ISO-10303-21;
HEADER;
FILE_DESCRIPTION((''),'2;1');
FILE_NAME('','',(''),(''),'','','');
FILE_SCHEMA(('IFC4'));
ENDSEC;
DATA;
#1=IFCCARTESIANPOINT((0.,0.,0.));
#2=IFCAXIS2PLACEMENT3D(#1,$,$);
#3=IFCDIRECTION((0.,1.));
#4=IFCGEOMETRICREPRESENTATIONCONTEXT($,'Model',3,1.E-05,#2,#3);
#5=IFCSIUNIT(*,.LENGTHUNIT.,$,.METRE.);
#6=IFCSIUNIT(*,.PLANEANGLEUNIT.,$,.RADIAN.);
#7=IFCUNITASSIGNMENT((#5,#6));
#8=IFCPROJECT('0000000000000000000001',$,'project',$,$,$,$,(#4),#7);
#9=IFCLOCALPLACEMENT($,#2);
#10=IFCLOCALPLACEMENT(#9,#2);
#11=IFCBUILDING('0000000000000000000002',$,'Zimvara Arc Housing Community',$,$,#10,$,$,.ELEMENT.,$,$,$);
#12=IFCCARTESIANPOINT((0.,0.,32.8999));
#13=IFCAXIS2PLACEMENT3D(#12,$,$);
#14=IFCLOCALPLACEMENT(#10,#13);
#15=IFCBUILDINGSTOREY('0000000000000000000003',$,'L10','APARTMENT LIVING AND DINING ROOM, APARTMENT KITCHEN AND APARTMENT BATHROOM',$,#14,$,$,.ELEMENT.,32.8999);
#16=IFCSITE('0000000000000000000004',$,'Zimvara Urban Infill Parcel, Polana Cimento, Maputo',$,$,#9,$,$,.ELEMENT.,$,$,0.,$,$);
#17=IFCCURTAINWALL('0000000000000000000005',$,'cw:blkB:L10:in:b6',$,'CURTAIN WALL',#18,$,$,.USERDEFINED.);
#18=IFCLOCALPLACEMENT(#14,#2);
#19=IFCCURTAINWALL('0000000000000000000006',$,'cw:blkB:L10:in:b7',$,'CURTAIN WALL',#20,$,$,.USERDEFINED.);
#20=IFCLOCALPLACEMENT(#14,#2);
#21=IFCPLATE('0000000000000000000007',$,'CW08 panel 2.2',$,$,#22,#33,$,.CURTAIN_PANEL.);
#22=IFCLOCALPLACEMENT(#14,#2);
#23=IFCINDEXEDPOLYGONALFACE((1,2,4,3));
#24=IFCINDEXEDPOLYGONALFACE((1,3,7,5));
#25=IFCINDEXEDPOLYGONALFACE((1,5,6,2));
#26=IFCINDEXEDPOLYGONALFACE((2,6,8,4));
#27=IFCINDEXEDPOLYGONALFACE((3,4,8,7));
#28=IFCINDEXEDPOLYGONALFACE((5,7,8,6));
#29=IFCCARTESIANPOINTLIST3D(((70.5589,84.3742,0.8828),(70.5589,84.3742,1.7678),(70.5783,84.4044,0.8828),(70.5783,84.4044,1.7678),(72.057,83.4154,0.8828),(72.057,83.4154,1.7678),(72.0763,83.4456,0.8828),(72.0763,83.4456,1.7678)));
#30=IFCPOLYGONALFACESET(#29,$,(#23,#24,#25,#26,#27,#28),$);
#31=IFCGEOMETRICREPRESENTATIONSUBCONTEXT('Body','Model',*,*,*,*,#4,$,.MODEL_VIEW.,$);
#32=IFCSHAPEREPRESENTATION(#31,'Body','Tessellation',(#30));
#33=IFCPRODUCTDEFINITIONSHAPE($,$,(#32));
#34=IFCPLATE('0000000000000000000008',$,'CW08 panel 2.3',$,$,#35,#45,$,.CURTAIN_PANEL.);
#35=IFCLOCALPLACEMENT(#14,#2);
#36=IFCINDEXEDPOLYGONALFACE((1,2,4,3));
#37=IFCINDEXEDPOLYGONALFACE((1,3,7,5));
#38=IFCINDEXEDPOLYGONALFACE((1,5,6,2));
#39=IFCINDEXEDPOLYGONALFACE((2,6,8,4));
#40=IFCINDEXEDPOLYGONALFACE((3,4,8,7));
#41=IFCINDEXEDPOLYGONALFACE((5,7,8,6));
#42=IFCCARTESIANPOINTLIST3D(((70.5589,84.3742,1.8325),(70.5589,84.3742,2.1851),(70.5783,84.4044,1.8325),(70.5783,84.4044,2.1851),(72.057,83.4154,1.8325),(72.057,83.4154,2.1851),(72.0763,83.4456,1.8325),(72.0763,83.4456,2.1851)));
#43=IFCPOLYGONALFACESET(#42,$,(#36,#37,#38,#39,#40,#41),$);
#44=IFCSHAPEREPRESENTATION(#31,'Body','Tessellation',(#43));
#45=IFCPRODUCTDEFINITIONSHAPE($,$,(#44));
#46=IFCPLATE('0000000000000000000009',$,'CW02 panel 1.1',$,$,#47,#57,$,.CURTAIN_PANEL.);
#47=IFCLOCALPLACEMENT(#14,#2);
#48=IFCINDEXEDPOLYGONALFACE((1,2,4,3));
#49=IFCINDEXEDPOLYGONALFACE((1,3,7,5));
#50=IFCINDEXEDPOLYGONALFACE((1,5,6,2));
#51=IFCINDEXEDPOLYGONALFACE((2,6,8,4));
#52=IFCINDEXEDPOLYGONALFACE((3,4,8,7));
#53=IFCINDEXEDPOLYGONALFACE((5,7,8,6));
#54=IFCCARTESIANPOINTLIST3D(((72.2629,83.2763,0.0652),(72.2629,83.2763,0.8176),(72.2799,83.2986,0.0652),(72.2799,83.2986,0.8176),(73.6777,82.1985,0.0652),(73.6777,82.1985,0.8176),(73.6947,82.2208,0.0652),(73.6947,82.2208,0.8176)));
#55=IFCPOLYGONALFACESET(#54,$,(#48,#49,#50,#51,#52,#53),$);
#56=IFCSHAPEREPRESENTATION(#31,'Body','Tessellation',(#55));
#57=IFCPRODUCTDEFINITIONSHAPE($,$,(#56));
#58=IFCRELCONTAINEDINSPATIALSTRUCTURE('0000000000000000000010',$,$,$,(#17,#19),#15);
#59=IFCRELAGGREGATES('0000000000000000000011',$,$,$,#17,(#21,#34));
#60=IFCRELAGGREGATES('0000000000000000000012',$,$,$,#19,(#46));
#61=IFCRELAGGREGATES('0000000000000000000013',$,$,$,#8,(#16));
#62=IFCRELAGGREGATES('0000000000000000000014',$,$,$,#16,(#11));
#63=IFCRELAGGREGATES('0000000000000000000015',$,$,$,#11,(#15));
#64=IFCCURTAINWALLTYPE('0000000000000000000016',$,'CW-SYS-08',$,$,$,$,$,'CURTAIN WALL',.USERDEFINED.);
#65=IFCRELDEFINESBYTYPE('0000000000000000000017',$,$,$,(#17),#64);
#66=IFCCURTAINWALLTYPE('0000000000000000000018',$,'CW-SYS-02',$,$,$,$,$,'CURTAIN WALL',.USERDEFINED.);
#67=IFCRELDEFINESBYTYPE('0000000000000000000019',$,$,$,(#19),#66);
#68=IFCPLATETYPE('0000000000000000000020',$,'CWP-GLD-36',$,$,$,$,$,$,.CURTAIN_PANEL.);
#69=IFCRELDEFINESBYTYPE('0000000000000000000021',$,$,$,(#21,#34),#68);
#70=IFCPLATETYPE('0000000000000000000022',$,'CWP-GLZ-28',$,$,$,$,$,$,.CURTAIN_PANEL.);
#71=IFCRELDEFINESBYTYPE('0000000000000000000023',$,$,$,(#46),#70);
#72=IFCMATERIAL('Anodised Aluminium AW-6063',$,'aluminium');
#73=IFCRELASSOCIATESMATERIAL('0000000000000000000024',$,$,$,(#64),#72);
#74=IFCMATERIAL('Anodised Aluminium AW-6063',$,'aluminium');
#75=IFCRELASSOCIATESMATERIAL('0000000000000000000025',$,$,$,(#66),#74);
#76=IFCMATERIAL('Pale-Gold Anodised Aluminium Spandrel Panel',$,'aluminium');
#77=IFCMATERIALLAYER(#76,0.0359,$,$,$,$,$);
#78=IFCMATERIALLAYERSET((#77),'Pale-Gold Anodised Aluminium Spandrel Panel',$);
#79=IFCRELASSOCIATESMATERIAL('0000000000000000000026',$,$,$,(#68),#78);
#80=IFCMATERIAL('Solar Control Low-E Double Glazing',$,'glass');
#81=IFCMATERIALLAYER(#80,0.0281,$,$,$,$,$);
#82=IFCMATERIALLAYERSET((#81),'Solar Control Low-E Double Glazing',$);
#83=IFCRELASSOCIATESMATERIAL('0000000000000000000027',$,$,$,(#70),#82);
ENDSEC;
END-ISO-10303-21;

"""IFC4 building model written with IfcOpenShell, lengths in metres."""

from ifc_helpers import new_model, si_unit, direction, frame, origin, origin_2d, place, context, subcontext, project, spatial, rectangle, extrude, material, layer, layer_set, type_object, element, aggregate, save


model = new_model("IFC4")

# Units and contexts
model_context = context("Model", 3, precision=1e-05, world=origin(), true_north=direction((0.0, 1.0)))
body_context = subcontext(model_context, "Body", "Model", "MODEL_VIEW")
ifc_project = project(units=[si_unit("LENGTHUNIT", "METRE"), si_unit("PLANEANGLEUNIT", "RADIAN")], contexts=[model_context])

# Site, building, storey
site_placement = place(None, origin())
site = spatial("IfcSite", under=ifc_project, at=site_placement, Name="Zimvara Urban Infill Parcel, Polana Cimento, Maputo", CompositionType="ELEMENT", RefElevation=0.0)
building_placement = place(site_placement, origin())
building = spatial("IfcBuilding", under=site, at=building_placement, Name="Zimvara Arc Housing Community", CompositionType="ELEMENT")
storey_placement = place(building_placement, frame((0.0, 0.0, 32.8999)))
storey = spatial("IfcBuildingStorey", under=building, at=storey_placement, Name="L10", Description="APARTMENT LIVING AND DINING ROOM, APARTMENT KITCHEN AND APARTMENT BATHROOM", CompositionType="ELEMENT", Elevation=32.8999)

# Curtain walls
ifc_material_1 = material(Name="Anodised Aluminium AW-6063", Category="aluminium")
curtain_wall_type_1 = type_object("IfcCurtainWallType", Name="CW-SYS-08", ElementType="CURTAIN WALL", PredefinedType="USERDEFINED", material=ifc_material_1)
curtain_wall_1_placement = place(storey_placement, origin())
curtain_wall_1 = element("IfcCurtainWall", 1, at=curtain_wall_1_placement, inside=storey, type_object=curtain_wall_type_1, Name="cw:blkB:L10:in:b6", ObjectType="CURTAIN WALL", PredefinedType="USERDEFINED")
ifc_material_2 = material(Name="Anodised Aluminium AW-6063", Category="aluminium")
curtain_wall_type_2 = type_object("IfcCurtainWallType", Name="CW-SYS-02", ElementType="CURTAIN WALL", PredefinedType="USERDEFINED", material=ifc_material_2)
curtain_wall_2_placement = place(storey_placement, origin())
curtain_wall_2 = element("IfcCurtainWall", 2, at=curtain_wall_2_placement, inside=storey, type_object=curtain_wall_type_2, Name="cw:blkB:L10:in:b7", ObjectType="CURTAIN WALL", PredefinedType="USERDEFINED")

# Plates
ifc_material_3 = material(Name="Pale-Gold Anodised Aluminium Spandrel Panel", Category="aluminium")
ifc_layer_1 = layer(ifc_material_3, 0.0359)
ifc_layer_set_1 = layer_set([ifc_layer_1], Name="Pale-Gold Anodised Aluminium Spandrel Panel")
plate_type_1 = type_object("IfcPlateType", Name="CWP-GLD-36", PredefinedType="CURTAIN_PANEL", material=ifc_layer_set_1)
plate_1_placement = place(storey_placement, frame((71.3176, 83.9099, 0.8828), z_axis=(0.0, 0.0, 1.0), x_axis=(0.842264, -0.539065, 0.0)))
plate_1 = element("IfcPlate", 3, at=plate_1_placement, type_object=plate_type_1, Name="CW08 panel 2.2", PredefinedType="CURTAIN_PANEL", context=body_context, shape_type="SweptSolid", body=[
    extrude(rectangle(XDim=1.7786, YDim=0.0359, at=origin_2d()), origin(), (0.0, 0.0, 1.0), 0.885),
])
plate_2_placement = place(storey_placement, frame((71.3176, 83.9099, 1.8325), z_axis=(0.0, 0.0, 1.0), x_axis=(0.842264, -0.539065, 0.0)))
plate_2 = element("IfcPlate", 4, at=plate_2_placement, type_object=plate_type_1, Name="CW08 panel 2.3", PredefinedType="CURTAIN_PANEL", context=body_context, shape_type="SweptSolid", body=[
    extrude(rectangle(XDim=1.7786, YDim=0.0359, at=origin_2d()), origin(), (0.0, 0.0, 1.0), 0.3525),
])
aggregate(curtain_wall_1, [plate_1, plate_2])
ifc_material_4 = material(Name="Solar Control Low-E Double Glazing", Category="glass")
ifc_layer_2 = layer(ifc_material_4, 0.0281)
ifc_layer_set_2 = layer_set([ifc_layer_2], Name="Solar Control Low-E Double Glazing")
plate_type_2 = type_object("IfcPlateType", Name="CWP-GLZ-28", PredefinedType="CURTAIN_PANEL", material=ifc_layer_set_2)
plate_3_placement = place(storey_placement, frame((72.9788, 82.7485, 0.0652), z_axis=(0.0, 0.0, 1.0), x_axis=(0.795474, -0.605988, 0.0)))
plate_3 = element("IfcPlate", 5, at=plate_3_placement, type_object=plate_type_2, Name="CW02 panel 1.1", PredefinedType="CURTAIN_PANEL", context=body_context, shape_type="SweptSolid", body=[
    extrude(rectangle(XDim=1.7786, YDim=0.0281, at=origin_2d()), origin(), (0.0, 0.0, 1.0), 0.7524),
])
aggregate(curtain_wall_2, [plate_3])

save(model, "model.ifc")
